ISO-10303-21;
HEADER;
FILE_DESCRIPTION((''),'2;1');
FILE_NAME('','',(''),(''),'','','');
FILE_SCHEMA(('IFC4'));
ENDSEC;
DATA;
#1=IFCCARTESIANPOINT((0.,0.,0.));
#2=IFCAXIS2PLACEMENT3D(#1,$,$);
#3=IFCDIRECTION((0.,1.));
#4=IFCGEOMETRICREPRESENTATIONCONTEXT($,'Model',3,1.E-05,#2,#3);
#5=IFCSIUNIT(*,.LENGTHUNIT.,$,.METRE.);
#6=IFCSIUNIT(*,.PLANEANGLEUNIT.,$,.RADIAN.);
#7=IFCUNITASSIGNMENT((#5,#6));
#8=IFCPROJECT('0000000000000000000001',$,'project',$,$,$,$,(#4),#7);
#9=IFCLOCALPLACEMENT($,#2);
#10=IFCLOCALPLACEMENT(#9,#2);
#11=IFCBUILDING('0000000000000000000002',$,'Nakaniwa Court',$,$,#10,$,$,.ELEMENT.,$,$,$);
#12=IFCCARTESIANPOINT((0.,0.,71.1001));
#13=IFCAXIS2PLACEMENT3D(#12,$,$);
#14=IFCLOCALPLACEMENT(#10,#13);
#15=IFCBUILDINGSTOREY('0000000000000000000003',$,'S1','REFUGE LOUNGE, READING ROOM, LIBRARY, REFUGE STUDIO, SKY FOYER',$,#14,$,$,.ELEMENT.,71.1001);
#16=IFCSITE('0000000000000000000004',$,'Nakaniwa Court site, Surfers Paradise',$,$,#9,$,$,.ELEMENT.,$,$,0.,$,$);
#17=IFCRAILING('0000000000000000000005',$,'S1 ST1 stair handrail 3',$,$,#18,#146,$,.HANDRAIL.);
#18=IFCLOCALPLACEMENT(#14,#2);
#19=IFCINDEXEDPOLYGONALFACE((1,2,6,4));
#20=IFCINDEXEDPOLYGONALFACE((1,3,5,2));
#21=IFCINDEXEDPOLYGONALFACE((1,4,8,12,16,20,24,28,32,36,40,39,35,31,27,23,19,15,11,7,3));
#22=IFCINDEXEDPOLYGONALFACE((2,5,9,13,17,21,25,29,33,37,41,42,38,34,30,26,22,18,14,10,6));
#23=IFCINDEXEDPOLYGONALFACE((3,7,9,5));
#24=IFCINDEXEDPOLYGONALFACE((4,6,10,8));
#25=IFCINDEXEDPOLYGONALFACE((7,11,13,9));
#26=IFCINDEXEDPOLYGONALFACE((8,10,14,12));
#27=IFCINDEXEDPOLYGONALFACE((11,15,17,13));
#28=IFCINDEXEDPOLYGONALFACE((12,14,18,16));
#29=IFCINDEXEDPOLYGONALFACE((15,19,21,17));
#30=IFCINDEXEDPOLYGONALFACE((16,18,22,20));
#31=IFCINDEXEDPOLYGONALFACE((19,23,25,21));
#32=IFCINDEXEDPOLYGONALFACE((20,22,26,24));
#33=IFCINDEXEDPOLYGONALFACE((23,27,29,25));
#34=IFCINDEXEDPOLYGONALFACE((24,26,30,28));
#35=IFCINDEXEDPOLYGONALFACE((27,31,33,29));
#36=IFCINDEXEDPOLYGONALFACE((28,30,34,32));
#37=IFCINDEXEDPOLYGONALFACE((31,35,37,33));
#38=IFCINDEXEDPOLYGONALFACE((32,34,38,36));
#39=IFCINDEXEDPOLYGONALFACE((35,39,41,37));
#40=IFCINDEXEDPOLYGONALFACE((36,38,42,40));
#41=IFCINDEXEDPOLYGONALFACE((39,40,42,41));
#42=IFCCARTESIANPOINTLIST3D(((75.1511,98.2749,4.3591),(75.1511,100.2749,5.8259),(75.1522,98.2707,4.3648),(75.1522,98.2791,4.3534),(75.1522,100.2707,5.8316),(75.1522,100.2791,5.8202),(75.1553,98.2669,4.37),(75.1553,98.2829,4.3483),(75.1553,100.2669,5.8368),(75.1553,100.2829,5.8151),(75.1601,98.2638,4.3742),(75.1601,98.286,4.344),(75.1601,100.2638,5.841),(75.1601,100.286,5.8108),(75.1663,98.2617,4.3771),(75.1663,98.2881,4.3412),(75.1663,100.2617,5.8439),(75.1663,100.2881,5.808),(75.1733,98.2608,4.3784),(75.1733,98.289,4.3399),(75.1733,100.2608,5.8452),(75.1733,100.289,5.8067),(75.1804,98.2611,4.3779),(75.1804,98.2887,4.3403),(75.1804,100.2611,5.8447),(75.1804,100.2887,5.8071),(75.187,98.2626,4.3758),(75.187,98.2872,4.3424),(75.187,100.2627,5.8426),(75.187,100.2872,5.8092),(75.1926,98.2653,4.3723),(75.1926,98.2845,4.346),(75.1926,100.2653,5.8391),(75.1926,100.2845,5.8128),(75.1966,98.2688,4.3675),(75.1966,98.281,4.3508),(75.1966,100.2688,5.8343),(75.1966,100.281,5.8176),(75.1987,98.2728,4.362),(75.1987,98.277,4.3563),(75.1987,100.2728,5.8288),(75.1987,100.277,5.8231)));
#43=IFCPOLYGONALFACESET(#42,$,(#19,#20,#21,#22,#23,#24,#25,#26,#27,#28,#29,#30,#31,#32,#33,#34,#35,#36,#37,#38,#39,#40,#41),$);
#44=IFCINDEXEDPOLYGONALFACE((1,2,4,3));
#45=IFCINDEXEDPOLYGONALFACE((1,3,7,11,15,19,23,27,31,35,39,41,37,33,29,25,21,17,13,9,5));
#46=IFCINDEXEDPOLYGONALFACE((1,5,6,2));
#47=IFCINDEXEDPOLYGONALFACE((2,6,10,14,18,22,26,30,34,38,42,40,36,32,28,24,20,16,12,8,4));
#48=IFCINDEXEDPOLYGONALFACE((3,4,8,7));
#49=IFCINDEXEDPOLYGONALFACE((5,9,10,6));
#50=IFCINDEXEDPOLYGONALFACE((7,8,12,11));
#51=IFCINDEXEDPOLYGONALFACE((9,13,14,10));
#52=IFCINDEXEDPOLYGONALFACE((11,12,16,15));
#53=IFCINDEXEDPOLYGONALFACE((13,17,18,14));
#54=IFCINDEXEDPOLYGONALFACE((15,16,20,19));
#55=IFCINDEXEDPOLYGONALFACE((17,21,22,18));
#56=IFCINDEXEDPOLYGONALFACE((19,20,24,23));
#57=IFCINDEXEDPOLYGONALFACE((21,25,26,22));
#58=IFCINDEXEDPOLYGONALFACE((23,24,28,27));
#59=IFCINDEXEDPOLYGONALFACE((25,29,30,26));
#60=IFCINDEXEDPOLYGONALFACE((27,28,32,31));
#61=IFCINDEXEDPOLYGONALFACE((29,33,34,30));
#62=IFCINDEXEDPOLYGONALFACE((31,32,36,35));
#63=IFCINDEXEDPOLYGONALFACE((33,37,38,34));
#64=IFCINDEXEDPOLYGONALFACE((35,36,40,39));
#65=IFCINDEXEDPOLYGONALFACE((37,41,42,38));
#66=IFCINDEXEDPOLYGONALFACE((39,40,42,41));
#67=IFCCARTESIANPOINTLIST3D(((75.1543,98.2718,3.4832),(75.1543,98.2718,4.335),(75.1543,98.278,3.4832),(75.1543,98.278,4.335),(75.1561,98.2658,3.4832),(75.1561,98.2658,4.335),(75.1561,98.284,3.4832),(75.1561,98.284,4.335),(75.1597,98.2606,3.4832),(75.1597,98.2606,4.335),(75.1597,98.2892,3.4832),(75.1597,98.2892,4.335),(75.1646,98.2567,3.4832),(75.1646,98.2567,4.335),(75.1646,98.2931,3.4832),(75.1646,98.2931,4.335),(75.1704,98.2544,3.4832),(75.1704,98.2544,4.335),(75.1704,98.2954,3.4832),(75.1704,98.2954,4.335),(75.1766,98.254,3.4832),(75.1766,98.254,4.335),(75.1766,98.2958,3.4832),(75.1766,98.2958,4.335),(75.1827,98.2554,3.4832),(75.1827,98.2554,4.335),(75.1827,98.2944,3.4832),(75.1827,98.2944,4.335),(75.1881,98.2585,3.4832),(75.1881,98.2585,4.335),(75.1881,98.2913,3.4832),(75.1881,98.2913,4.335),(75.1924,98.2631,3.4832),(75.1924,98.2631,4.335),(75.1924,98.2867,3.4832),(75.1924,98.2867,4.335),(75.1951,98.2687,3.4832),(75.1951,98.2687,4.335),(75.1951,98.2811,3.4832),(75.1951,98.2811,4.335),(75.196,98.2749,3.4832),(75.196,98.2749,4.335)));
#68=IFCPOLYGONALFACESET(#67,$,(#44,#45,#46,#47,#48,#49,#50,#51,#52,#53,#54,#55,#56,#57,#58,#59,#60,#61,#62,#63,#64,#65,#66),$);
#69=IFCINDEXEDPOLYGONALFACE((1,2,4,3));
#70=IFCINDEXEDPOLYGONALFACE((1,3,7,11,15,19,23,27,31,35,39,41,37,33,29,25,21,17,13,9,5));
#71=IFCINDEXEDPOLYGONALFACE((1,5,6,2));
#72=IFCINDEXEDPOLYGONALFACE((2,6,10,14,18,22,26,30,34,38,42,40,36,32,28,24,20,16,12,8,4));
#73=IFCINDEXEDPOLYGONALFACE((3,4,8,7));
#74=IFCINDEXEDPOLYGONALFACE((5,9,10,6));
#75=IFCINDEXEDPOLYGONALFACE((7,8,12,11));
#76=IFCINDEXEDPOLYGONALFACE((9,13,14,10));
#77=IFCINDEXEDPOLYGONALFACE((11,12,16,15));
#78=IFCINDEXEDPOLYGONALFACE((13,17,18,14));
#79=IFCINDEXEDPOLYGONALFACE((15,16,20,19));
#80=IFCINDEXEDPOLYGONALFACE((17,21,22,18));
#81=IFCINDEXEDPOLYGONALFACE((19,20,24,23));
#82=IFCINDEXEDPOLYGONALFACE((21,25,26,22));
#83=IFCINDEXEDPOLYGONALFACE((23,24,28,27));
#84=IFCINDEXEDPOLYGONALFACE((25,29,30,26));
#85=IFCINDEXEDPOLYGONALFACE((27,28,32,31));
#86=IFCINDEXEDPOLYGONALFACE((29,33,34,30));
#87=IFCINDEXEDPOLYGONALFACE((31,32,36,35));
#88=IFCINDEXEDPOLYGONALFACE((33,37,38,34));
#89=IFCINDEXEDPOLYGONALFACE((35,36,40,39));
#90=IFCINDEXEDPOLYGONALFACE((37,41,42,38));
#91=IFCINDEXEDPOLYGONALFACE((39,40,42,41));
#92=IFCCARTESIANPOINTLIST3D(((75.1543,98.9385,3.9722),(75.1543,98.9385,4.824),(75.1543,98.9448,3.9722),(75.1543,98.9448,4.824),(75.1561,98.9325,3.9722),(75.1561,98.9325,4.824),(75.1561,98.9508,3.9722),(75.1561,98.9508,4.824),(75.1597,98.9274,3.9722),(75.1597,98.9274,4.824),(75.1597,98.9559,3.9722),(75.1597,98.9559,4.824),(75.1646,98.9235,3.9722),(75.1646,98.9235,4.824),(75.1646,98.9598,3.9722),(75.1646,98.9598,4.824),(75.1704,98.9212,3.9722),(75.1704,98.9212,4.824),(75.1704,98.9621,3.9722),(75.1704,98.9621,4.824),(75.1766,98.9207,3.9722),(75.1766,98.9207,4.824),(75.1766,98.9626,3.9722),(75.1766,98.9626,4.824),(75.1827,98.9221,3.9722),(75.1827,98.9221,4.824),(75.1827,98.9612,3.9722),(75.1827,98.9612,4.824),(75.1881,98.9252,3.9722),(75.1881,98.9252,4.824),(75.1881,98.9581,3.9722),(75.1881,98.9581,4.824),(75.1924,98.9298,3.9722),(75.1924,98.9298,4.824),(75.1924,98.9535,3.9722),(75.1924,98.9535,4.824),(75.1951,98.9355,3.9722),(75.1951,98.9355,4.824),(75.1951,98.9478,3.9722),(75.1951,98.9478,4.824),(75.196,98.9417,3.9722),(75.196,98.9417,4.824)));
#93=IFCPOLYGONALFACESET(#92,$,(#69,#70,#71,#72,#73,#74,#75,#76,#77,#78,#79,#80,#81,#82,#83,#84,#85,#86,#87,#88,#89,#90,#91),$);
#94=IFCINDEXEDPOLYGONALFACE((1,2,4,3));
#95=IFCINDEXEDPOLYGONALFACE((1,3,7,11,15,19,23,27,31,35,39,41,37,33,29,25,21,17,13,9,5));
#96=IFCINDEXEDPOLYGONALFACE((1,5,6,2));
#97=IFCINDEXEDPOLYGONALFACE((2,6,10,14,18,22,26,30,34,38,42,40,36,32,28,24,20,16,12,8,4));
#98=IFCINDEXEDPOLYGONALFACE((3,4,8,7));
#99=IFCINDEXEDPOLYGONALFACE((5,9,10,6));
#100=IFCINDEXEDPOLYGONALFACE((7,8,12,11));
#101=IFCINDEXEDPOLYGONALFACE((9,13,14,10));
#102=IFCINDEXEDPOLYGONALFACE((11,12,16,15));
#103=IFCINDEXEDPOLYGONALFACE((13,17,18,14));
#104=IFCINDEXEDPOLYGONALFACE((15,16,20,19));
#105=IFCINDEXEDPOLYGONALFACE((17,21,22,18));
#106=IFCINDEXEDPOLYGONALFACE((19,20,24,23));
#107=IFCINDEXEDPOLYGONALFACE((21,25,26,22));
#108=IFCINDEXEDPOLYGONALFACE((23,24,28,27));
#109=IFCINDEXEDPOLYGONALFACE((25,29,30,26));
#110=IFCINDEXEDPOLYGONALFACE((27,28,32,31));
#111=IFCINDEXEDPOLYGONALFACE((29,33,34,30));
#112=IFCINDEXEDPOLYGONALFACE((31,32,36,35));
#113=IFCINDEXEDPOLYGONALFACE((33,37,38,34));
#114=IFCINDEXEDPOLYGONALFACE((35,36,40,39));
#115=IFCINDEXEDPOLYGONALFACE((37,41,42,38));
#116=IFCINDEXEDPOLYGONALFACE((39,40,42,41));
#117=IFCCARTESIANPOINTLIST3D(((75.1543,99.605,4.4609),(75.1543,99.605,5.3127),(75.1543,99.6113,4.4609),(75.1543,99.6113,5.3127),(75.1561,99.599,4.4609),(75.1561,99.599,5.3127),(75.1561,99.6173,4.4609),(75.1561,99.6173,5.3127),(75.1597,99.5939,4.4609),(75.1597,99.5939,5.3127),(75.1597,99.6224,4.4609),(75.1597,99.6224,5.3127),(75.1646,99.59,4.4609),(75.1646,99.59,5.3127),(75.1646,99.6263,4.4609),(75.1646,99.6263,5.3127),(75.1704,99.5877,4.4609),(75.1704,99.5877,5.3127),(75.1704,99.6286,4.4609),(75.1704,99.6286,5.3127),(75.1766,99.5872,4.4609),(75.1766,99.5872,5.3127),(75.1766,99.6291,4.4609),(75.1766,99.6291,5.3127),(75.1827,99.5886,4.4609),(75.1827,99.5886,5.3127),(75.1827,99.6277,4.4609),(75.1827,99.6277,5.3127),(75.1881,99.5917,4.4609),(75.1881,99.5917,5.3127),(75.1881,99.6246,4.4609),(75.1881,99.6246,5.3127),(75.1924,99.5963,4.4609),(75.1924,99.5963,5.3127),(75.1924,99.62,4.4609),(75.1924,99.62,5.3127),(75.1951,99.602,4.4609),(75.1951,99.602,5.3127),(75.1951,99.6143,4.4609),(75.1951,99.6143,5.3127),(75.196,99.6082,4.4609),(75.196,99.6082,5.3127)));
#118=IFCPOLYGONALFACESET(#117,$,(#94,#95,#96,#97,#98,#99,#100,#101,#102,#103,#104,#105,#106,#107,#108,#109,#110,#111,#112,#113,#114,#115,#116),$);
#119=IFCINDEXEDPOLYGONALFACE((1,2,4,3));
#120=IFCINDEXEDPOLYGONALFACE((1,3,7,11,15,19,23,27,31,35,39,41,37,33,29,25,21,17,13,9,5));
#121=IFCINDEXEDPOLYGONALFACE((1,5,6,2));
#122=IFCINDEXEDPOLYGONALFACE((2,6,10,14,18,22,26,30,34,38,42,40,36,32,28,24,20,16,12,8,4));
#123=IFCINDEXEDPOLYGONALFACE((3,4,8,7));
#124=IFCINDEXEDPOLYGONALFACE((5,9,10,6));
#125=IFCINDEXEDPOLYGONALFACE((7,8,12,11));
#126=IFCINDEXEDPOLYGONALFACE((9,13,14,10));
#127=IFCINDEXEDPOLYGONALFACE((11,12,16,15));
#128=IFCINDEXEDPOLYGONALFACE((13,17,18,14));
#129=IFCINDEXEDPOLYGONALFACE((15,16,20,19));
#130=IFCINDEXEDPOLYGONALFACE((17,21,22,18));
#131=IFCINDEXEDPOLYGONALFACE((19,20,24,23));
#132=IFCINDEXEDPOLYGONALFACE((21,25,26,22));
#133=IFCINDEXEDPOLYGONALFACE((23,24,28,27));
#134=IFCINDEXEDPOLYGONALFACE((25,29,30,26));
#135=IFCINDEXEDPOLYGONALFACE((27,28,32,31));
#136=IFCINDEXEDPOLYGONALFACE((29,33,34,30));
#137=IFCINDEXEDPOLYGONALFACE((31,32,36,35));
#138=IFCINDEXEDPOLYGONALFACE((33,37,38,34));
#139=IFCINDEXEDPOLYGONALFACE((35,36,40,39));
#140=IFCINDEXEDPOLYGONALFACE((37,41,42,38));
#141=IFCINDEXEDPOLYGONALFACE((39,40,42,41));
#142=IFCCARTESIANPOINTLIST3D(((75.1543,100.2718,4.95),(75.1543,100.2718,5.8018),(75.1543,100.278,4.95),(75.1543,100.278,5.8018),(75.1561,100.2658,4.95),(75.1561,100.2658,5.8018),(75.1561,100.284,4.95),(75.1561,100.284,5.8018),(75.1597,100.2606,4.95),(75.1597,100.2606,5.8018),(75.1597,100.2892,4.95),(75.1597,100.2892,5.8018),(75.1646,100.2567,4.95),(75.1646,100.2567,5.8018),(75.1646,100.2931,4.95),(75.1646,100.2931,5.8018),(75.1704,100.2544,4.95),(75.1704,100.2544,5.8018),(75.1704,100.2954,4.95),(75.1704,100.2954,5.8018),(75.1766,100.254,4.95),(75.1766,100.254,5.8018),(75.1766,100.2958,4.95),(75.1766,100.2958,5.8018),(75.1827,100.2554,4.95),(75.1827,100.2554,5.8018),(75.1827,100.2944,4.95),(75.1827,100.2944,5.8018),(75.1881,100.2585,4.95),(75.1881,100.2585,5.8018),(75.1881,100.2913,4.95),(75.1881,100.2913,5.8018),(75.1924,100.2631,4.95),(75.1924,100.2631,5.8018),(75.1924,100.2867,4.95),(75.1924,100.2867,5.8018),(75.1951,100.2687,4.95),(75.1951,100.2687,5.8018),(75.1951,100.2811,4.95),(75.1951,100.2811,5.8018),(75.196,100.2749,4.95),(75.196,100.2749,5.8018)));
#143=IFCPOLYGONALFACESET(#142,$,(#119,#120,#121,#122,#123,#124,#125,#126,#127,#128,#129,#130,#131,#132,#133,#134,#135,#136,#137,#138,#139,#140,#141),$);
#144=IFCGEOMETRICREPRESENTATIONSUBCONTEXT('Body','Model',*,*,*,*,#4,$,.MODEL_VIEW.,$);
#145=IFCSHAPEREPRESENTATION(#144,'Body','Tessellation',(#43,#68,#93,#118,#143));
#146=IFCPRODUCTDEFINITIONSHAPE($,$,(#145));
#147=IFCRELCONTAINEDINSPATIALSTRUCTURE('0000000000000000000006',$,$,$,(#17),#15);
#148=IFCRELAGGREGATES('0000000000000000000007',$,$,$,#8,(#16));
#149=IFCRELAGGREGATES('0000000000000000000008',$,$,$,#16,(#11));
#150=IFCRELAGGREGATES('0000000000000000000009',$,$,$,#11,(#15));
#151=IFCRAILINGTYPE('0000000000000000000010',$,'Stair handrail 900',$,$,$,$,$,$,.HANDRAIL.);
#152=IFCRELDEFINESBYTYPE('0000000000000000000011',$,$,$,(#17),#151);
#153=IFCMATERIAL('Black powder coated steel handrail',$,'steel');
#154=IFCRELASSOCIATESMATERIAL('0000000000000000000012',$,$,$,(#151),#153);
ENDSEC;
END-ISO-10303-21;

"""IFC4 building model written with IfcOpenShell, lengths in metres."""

from ifc_helpers import new_model, si_unit, direction, frame, origin, origin_2d, place, context, subcontext, project, spatial, circle, extrude, material, type_object, element, save


model = new_model("IFC4")

# Units and contexts
model_context = context("Model", 3, precision=1e-05, world=origin(), true_north=direction((0.0, 1.0)))
body_context = subcontext(model_context, "Body", "Model", "MODEL_VIEW")
ifc_project = project(units=[si_unit("LENGTHUNIT", "METRE"), si_unit("PLANEANGLEUNIT", "RADIAN")], contexts=[model_context])

# Site, building, storey
site_placement = place(None, origin())
site = spatial("IfcSite", under=ifc_project, at=site_placement, Name="Nakaniwa Court site, Surfers Paradise", CompositionType="ELEMENT", RefElevation=0.0)
building_placement = place(site_placement, origin())
building = spatial("IfcBuilding", under=site, at=building_placement, Name="Nakaniwa Court", CompositionType="ELEMENT")
storey_placement = place(building_placement, frame((0.0, 0.0, 71.1001)))
storey = spatial("IfcBuildingStorey", under=building, at=storey_placement, Name="S1", Description="REFUGE LOUNGE, READING ROOM, LIBRARY, REFUGE STUDIO, SKY FOYER", CompositionType="ELEMENT", Elevation=71.1001)

# Railing
ifc_material_1 = material(Name="Black powder coated steel handrail", Category="steel")
railing_type_1 = type_object("IfcRailingType", Name="Stair handrail 900", PredefinedType="HANDRAIL", material=ifc_material_1)
railing_1_placement = place(storey_placement, frame((75.175, 98.2749, 3.4832)))
element("IfcRailing", 1, at=railing_1_placement, inside=storey, type_object=railing_type_1, Name="S1 ST1 stair handrail 3", PredefinedType="HANDRAIL", context=body_context, shape_type="SweptSolid", body=[
    extrude(circle(Radius=0.0239, at=origin_2d()), frame((0.0, 0.0, 0.876), z_axis=(0.0, 0.80638, 0.591398), x_axis=(-1.0, 0.0, 0.0)), (0.0, 0.0, 1.0), 2.4802),
    extrude(circle(Radius=0.021, at=origin_2d()), origin(), (0.0, 0.0, 1.0), 0.8518),
    extrude(circle(Radius=0.021, at=origin_2d()), frame((0.0, 0.6667, 0.489)), (0.0, 0.0, 1.0), 0.8518),
    extrude(circle(Radius=0.021, at=origin_2d()), frame((0.0, 1.3333, 0.9778)), (0.0, 0.0, 1.0), 0.8518),
    extrude(circle(Radius=0.021, at=origin_2d()), frame((0.0, 2.0, 1.4668)), (0.0, 0.0, 1.0), 0.8518),
])

save(model, "model.ifc")
